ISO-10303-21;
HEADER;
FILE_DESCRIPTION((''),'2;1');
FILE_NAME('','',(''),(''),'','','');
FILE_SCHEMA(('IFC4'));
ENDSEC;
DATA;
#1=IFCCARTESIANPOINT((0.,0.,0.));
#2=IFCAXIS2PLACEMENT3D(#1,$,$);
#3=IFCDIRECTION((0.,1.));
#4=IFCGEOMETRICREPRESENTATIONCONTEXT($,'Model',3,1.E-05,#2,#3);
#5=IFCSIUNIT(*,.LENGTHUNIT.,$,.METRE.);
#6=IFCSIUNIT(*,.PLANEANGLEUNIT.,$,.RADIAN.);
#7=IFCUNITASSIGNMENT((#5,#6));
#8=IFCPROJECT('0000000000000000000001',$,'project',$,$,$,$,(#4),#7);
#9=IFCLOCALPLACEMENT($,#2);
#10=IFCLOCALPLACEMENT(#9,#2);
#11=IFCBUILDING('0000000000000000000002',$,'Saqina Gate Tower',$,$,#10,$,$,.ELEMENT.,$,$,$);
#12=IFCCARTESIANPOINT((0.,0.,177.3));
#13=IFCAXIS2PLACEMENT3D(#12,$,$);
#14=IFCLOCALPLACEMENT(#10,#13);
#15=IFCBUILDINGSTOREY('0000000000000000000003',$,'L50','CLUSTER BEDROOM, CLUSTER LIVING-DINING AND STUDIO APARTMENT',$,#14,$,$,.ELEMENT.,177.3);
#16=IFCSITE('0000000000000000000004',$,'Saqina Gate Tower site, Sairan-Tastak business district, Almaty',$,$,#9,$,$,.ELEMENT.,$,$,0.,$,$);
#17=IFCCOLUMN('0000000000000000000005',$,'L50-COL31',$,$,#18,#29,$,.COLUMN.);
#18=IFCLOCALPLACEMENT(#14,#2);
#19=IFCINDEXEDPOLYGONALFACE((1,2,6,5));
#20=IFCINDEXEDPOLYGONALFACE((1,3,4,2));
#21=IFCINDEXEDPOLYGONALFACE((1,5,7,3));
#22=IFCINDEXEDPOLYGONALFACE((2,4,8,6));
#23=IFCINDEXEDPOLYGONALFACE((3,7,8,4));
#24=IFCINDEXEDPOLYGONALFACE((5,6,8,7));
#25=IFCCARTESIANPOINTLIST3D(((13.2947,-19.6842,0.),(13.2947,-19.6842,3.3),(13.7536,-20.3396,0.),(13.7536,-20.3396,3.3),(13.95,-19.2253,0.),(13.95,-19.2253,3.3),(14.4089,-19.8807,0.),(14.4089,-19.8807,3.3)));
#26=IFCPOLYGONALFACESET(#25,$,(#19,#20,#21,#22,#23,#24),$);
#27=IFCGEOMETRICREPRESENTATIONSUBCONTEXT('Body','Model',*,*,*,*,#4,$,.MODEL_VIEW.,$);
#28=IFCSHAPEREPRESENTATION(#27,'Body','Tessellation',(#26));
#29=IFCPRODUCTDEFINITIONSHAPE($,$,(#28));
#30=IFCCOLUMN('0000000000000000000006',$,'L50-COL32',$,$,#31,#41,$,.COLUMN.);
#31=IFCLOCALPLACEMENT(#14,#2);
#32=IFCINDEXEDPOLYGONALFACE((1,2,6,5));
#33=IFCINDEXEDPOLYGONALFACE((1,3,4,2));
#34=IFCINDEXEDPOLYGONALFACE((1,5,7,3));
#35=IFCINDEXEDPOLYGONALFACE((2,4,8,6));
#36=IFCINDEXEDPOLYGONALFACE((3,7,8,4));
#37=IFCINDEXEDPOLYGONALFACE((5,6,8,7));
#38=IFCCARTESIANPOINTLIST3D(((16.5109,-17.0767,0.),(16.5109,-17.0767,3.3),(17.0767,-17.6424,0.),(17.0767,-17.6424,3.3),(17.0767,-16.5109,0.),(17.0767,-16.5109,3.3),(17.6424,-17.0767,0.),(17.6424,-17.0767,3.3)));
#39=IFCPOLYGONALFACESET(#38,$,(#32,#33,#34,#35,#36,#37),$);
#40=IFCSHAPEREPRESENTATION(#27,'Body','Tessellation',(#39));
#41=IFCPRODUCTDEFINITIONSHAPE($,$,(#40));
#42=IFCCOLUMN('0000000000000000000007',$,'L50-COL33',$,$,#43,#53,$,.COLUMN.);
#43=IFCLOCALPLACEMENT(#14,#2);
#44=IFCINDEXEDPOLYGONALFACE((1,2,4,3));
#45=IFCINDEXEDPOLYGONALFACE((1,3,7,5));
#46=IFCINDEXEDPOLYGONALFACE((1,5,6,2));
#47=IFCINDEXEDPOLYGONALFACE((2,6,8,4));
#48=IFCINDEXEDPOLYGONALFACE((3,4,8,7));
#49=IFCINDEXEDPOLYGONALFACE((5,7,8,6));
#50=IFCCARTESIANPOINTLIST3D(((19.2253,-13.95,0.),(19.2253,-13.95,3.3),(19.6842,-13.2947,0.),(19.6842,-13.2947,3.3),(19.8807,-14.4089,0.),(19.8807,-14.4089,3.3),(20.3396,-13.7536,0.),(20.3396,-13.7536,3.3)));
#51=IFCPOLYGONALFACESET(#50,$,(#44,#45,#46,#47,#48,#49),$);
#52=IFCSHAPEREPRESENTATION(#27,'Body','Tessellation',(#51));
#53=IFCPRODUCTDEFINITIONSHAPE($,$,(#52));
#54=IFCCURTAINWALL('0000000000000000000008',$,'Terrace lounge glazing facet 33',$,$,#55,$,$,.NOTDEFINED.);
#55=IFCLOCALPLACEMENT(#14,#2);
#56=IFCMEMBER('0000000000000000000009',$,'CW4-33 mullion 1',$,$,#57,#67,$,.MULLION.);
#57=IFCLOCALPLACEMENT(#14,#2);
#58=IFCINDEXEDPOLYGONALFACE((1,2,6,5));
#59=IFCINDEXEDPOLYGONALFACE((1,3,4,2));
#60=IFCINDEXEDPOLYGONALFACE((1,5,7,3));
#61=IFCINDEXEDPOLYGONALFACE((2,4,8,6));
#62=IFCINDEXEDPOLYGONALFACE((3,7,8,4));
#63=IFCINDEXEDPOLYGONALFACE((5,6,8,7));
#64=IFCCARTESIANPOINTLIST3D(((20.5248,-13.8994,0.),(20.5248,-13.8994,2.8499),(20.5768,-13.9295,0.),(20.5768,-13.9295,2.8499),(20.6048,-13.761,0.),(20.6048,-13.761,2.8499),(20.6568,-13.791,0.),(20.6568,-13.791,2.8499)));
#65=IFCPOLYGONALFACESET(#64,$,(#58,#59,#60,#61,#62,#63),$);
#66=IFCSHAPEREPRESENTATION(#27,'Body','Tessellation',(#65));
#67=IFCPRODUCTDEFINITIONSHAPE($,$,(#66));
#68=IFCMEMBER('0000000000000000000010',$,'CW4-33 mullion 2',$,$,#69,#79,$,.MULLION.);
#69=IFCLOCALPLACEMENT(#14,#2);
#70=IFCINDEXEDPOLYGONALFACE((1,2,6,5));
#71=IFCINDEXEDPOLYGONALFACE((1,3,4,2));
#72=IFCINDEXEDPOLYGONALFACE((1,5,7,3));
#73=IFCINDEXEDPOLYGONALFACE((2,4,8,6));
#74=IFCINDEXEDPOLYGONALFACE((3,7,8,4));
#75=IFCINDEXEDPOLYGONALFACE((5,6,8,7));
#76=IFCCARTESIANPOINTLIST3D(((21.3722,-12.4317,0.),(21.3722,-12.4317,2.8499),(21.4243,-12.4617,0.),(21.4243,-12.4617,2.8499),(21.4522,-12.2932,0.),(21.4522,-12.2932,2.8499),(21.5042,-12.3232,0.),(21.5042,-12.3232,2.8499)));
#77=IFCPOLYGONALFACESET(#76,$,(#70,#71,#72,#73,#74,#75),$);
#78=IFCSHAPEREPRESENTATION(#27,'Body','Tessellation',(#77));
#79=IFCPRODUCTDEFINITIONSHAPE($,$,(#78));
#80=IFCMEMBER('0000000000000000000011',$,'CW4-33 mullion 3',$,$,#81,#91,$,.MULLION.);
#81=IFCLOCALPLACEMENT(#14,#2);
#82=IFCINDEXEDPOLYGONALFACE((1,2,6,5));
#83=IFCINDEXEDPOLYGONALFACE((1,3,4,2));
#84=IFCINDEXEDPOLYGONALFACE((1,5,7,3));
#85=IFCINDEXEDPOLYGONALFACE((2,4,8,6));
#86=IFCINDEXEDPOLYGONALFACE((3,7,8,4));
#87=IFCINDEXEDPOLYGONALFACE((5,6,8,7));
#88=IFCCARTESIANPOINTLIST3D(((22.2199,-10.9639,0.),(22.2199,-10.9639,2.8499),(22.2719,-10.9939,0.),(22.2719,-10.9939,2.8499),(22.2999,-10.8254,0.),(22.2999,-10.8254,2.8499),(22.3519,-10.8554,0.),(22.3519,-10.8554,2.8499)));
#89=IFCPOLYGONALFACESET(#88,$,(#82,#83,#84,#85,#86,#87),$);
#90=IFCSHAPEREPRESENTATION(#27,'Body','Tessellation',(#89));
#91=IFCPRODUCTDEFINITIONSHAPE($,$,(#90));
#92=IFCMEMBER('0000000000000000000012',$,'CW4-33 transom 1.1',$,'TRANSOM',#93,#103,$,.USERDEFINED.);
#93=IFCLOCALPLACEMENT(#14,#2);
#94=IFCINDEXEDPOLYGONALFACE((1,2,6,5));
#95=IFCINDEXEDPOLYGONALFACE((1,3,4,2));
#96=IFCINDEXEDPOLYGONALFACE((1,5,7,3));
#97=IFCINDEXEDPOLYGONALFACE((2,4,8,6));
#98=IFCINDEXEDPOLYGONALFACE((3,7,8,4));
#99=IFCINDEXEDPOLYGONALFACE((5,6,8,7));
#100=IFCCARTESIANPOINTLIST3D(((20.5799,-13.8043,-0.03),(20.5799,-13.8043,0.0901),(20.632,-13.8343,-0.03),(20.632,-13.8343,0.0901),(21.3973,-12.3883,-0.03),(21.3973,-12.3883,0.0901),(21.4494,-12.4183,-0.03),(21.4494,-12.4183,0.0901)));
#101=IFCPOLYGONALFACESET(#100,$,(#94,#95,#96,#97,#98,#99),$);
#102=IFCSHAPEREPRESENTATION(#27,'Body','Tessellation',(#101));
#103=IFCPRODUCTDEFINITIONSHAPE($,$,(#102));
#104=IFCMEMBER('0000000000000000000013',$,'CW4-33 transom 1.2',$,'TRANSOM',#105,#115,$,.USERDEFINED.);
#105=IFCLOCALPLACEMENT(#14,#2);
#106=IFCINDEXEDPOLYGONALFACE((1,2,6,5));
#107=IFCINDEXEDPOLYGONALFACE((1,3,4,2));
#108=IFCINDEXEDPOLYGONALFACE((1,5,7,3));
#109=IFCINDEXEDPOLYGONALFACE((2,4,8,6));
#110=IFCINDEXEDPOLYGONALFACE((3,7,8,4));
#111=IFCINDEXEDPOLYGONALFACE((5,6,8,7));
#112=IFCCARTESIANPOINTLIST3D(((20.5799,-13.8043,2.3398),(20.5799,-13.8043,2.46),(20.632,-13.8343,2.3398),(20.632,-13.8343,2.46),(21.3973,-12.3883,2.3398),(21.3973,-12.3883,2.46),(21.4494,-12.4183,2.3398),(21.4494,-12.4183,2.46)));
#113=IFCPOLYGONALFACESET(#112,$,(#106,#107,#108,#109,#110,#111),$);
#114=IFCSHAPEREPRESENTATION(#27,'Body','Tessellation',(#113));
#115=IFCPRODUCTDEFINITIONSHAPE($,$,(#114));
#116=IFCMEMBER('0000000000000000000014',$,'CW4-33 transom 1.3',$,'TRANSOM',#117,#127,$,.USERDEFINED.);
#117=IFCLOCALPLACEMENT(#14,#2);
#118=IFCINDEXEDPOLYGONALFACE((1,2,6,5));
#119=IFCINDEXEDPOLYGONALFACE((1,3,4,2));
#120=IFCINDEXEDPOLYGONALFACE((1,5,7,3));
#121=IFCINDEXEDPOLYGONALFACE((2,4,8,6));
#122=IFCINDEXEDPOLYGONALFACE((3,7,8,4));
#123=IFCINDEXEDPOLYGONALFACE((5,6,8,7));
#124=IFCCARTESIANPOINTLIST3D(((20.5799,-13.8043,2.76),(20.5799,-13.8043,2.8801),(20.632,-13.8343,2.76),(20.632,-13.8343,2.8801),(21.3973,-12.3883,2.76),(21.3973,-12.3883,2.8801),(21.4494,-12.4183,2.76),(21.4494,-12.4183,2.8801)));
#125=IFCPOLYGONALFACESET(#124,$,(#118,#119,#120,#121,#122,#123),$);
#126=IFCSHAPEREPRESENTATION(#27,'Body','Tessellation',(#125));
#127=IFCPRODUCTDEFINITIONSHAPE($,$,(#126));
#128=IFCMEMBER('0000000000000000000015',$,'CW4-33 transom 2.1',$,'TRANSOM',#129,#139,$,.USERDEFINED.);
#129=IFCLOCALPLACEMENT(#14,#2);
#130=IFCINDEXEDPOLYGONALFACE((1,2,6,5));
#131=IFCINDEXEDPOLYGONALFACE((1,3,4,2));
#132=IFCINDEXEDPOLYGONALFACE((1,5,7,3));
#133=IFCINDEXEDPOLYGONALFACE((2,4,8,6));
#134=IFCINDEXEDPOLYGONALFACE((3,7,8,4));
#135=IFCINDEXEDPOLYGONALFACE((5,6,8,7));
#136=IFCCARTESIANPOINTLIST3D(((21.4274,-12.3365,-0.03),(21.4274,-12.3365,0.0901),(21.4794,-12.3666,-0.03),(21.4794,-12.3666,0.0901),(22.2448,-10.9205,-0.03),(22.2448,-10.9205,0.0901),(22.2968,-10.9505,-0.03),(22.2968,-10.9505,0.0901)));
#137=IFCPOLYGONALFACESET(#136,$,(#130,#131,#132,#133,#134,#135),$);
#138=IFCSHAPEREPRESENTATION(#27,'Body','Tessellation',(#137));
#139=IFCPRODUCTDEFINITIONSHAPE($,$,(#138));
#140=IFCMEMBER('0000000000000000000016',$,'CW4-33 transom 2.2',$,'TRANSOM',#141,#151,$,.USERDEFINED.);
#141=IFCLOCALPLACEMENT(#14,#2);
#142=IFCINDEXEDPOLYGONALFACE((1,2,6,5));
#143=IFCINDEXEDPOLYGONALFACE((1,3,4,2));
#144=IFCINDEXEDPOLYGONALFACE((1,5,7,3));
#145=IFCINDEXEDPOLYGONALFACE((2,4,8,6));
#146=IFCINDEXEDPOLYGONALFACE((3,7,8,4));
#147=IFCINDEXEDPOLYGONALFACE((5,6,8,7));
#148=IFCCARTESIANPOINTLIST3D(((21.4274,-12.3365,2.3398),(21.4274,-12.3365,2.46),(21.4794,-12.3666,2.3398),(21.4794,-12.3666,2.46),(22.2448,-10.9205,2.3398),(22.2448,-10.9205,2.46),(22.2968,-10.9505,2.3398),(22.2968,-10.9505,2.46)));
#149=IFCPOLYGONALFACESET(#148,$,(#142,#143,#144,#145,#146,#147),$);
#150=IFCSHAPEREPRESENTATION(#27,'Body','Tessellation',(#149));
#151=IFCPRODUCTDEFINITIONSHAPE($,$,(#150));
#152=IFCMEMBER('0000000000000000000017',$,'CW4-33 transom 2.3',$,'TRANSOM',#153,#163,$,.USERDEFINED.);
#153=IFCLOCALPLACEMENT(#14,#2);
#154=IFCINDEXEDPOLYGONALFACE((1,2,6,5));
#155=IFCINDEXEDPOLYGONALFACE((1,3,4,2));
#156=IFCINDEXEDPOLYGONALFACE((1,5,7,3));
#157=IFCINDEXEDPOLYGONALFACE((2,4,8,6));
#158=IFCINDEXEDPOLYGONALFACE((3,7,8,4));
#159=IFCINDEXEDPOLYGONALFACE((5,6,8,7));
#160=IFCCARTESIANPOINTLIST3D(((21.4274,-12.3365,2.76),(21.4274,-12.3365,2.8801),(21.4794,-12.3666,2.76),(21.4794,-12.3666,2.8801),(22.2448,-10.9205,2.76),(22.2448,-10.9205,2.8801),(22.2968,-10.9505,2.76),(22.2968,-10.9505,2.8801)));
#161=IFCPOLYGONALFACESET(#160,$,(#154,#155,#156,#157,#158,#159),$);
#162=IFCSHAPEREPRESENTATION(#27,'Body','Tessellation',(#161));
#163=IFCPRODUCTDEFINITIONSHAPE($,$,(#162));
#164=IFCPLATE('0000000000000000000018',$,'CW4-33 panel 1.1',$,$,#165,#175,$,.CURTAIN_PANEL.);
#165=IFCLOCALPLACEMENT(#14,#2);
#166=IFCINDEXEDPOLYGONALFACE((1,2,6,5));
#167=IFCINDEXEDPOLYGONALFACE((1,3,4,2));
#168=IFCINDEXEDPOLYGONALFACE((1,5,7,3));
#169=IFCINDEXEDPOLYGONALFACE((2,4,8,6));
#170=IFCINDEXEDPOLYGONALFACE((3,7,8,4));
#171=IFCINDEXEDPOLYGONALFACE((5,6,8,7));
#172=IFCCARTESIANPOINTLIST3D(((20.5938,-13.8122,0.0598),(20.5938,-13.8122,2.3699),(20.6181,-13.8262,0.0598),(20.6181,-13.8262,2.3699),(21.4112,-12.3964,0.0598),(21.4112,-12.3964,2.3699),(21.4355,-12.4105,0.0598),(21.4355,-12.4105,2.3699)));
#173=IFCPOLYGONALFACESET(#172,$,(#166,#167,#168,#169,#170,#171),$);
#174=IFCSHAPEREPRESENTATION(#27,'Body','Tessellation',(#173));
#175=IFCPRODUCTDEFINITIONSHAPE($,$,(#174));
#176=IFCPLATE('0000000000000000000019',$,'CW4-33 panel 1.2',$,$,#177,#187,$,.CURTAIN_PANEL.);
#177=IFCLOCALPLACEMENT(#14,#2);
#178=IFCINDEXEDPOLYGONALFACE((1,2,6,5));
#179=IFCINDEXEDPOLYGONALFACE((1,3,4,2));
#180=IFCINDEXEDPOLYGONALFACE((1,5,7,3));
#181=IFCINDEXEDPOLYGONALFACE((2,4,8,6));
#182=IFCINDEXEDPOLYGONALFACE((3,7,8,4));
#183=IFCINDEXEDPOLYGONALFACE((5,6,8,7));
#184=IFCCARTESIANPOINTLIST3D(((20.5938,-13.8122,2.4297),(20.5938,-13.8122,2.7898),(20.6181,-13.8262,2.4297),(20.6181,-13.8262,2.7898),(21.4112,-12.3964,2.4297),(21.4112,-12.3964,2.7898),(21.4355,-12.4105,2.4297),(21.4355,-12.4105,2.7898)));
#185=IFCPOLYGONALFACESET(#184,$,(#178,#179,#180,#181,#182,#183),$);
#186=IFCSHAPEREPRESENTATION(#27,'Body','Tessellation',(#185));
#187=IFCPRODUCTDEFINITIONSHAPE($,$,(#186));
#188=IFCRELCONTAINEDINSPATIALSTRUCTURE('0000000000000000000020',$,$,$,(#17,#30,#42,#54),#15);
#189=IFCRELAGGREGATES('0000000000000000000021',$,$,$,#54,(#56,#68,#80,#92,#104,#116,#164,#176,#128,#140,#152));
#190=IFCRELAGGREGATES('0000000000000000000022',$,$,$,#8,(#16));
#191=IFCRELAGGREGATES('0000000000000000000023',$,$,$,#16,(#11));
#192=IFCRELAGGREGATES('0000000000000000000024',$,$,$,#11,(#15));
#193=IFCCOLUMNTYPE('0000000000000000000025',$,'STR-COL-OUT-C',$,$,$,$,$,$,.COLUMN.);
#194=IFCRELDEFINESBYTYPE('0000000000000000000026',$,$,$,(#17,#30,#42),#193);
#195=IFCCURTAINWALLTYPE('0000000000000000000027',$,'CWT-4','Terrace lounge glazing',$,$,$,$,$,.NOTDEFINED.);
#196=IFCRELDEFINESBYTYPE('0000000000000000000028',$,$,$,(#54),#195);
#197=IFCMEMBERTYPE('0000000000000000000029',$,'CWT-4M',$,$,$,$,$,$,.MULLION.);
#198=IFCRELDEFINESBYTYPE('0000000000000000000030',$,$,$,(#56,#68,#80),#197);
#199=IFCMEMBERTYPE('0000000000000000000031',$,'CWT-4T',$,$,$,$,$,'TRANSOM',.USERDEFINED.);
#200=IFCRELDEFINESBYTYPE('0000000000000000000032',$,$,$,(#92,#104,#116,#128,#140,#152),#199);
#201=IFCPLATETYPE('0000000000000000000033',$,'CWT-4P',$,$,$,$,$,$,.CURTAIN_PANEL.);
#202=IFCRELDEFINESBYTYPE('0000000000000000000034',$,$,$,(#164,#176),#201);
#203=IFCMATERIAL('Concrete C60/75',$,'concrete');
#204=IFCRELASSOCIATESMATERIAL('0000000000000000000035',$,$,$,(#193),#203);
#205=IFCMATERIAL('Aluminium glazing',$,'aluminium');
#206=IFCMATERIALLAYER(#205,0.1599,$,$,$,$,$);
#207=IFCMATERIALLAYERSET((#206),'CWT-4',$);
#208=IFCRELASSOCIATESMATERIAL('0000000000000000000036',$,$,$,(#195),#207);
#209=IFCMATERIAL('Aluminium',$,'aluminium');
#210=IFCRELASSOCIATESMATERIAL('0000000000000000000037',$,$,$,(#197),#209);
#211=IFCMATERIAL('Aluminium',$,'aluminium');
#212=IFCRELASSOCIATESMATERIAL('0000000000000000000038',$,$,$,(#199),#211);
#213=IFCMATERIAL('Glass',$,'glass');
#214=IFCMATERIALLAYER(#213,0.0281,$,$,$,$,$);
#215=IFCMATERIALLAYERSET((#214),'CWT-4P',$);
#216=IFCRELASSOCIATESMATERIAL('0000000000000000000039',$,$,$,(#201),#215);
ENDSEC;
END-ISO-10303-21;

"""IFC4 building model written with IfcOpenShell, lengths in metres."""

from ifc_helpers import new_model, si_unit, direction, frame, origin, origin_2d, place, context, subcontext, project, spatial, rectangle, extrude, material, layer, layer_set, material_profile, profile_set, type_object, element, aggregate, save


model = new_model("IFC4")

# Units and contexts
model_context = context("Model", 3, precision=1e-05, world=origin(), true_north=direction((0.0, 1.0)))
body_context = subcontext(model_context, "Body", "Model", "MODEL_VIEW")
ifc_project = project(units=[si_unit("LENGTHUNIT", "METRE"), si_unit("PLANEANGLEUNIT", "RADIAN")], contexts=[model_context])

# Site, building, storey
site_placement = place(None, origin())
site = spatial("IfcSite", under=ifc_project, at=site_placement, Name="Saqina Gate Tower site, Sairan-Tastak business district, Almaty", CompositionType="ELEMENT", RefElevation=0.0)
building_placement = place(site_placement, origin())
building = spatial("IfcBuilding", under=site, at=building_placement, Name="Saqina Gate Tower", CompositionType="ELEMENT")
storey_placement = place(building_placement, frame((0.0, 0.0, 177.3)))
storey = spatial("IfcBuildingStorey", under=building, at=storey_placement, Name="L50", Description="CLUSTER BEDROOM, CLUSTER LIVING-DINING AND STUDIO APARTMENT", CompositionType="ELEMENT", Elevation=177.3)

# Columns
ifc_material_1 = material(Name="Concrete C60/75", Category="concrete")
ifc_material_profile_1 = material_profile(ifc_material_1, rectangle(XDim=0.8, YDim=0.8, at=origin_2d()), Name="RC 800x800")
ifc_profile_set_1 = profile_set([ifc_material_profile_1], Name="Concrete C60/75")
column_type = type_object("IfcColumnType", Name="STR-COL-OUT-C", PredefinedType="COLUMN", material=ifc_profile_set_1)
for number, where, z_axis, x_axis, name in (
    (1, (13.8518, -19.7825, 0.0), (0.0, 0.0, 1.0), (0.573576, -0.819152, 0.0), "L50-COL31"),
    (2, (17.0767, -17.0767, 0.0), (0.0, 0.0, 1.0), (0.707107, -0.707107, 0.0), "L50-COL32"),
    (3, (19.7825, -13.8518, 0.0), (0.0, 0.0, 1.0), (0.819152, -0.573576, 0.0), "L50-COL33"),
):
    element("IfcColumn", number, at=place(storey_placement, frame(where, z_axis=z_axis, x_axis=x_axis)), inside=storey, type_object=column_type, Name=name, PredefinedType="COLUMN", context=body_context, shape_type="SweptSolid", body=[
        extrude(rectangle(XDim=0.8, YDim=0.8, at=origin_2d()), origin(), (0.0, 0.0, 1.0), 3.3),
    ])

# Curtain wall, members, plates
ifc_material_2 = material(Name="Aluminium glazing", Category="aluminium")
ifc_layer_1 = layer(ifc_material_2, 0.1599)
ifc_layer_set_1 = layer_set([ifc_layer_1], Name="CWT-4")
curtain_wall_type = type_object("IfcCurtainWallType", Name="CWT-4", Description="Terrace lounge glazing", PredefinedType="NOTDEFINED", material=ifc_layer_set_1)
curtain_wall_placement = place(storey_placement, origin())
curtain_wall = element("IfcCurtainWall", 4, at=curtain_wall_placement, inside=storey, type_object=curtain_wall_type, Name="Terrace lounge glazing facet 33", PredefinedType="NOTDEFINED")
ifc_material_3 = material(Name="Aluminium", Category="aluminium")
ifc_material_profile_2 = material_profile(ifc_material_3, rectangle(XDim=0.0601, YDim=0.1599, at=origin_2d()), Name="Aluminium 60x160")
ifc_profile_set_2 = profile_set([ifc_material_profile_2], Name="Aluminium")
member_type_1 = type_object("IfcMemberType", Name="CWT-4M", PredefinedType="MULLION", material=ifc_profile_set_2)
member_1_placement = place(storey_placement, frame((20.5908, -13.8452, 0.0), z_axis=(0.0, 0.0, 1.0), x_axis=(-0.866017, 0.500014, 0.0)))
member_1 = element("IfcMember", 5, at=member_1_placement, type_object=member_type_1, Name="CW4-33 mullion 1", PredefinedType="MULLION", context=body_context, shape_type="SweptSolid", body=[
    extrude(rectangle(XDim=0.0601, YDim=0.1599, at=origin_2d()), origin(), (0.0, 0.0, 1.0), 2.8499),
])
member_2_placement = place(storey_placement, frame((21.4382, -12.3774, 0.0), z_axis=(0.0, 0.0, 1.0), x_axis=(-0.866017, 0.500014, 0.0)))
member_2 = element("IfcMember", 6, at=member_2_placement, type_object=member_type_1, Name="CW4-33 mullion 2", PredefinedType="MULLION", context=body_context, shape_type="SweptSolid", body=[
    extrude(rectangle(XDim=0.0601, YDim=0.1599, at=origin_2d()), origin(), (0.0, 0.0, 1.0), 2.8499),
])
member_3_placement = place(storey_placement, frame((22.2859, -10.9097, 0.0), z_axis=(0.0, 0.0, 1.0), x_axis=(-0.866017, 0.500014, 0.0)))
member_3 = element("IfcMember", 7, at=member_3_placement, type_object=member_type_1, Name="CW4-33 mullion 3", PredefinedType="MULLION", context=body_context, shape_type="SweptSolid", body=[
    extrude(rectangle(XDim=0.0601, YDim=0.1599, at=origin_2d()), origin(), (0.0, 0.0, 1.0), 2.8499),
])
ifc_material_4 = material(Name="Aluminium", Category="aluminium")
ifc_material_profile_3 = material_profile(ifc_material_4, rectangle(XDim=0.0601, YDim=0.1201, at=origin_2d()), Name="Aluminium 60x120")
ifc_profile_set_3 = profile_set([ifc_material_profile_3], Name="Aluminium")
member_type_2 = type_object("IfcMemberType", Name="CWT-4T", ElementType="TRANSOM", PredefinedType="USERDEFINED", material=ifc_profile_set_3)
member_4_placement = place(storey_placement, frame((20.606, -13.8193, 0.03), z_axis=(0.499929, 0.866066, 0.0), x_axis=(-0.866066, 0.499929, 0.0)))
member_4 = element("IfcMember", 8, at=member_4_placement, type_object=member_type_2, Name="CW4-33 transom 1.1", ObjectType="TRANSOM", PredefinedType="USERDEFINED", context=body_context, shape_type="SweptSolid", body=[
    extrude(rectangle(XDim=0.0601, YDim=0.1201, at=origin_2d()), origin(), (0.0, 0.0, 1.0), 1.635),
])
member_5_placement = place(storey_placement, frame((20.606, -13.8193, 2.3999), z_axis=(0.499929, 0.866066, 0.0), x_axis=(-0.866066, 0.499929, 0.0)))
member_5 = element("IfcMember", 9, at=member_5_placement, type_object=member_type_2, Name="CW4-33 transom 1.2", ObjectType="TRANSOM", PredefinedType="USERDEFINED", context=body_context, shape_type="SweptSolid", body=[
    extrude(rectangle(XDim=0.0601, YDim=0.1201, at=origin_2d()), origin(), (0.0, 0.0, 1.0), 1.635),
])
member_6_placement = place(storey_placement, frame((20.606, -13.8193, 2.8201), z_axis=(0.499929, 0.866066, 0.0), x_axis=(-0.866066, 0.499929, 0.0)))
member_6 = element("IfcMember", 10, at=member_6_placement, type_object=member_type_2, Name="CW4-33 transom 1.3", ObjectType="TRANSOM", PredefinedType="USERDEFINED", context=body_context, shape_type="SweptSolid", body=[
    extrude(rectangle(XDim=0.0601, YDim=0.1201, at=origin_2d()), origin(), (0.0, 0.0, 1.0), 1.635),
])
member_7_placement = place(storey_placement, frame((21.4534, -12.3516, 0.03), z_axis=(0.499929, 0.866066, 0.0), x_axis=(-0.866066, 0.499929, 0.0)))
member_7 = element("IfcMember", 11, at=member_7_placement, type_object=member_type_2, Name="CW4-33 transom 2.1", ObjectType="TRANSOM", PredefinedType="USERDEFINED", context=body_context, shape_type="SweptSolid", body=[
    extrude(rectangle(XDim=0.0601, YDim=0.1201, at=origin_2d()), origin(), (0.0, 0.0, 1.0), 1.635),
])
member_8_placement = place(storey_placement, frame((21.4534, -12.3516, 2.3999), z_axis=(0.499929, 0.866066, 0.0), x_axis=(-0.866066, 0.499929, 0.0)))
member_8 = element("IfcMember", 12, at=member_8_placement, type_object=member_type_2, Name="CW4-33 transom 2.2", ObjectType="TRANSOM", PredefinedType="USERDEFINED", context=body_context, shape_type="SweptSolid", body=[
    extrude(rectangle(XDim=0.0601, YDim=0.1201, at=origin_2d()), origin(), (0.0, 0.0, 1.0), 1.635),
])
member_9_placement = place(storey_placement, frame((21.4534, -12.3516, 2.8201), z_axis=(0.499929, 0.866066, 0.0), x_axis=(-0.866066, 0.499929, 0.0)))
member_9 = element("IfcMember", 13, at=member_9_placement, type_object=member_type_2, Name="CW4-33 transom 2.3", ObjectType="TRANSOM", PredefinedType="USERDEFINED", context=body_context, shape_type="SweptSolid", body=[
    extrude(rectangle(XDim=0.0601, YDim=0.1201, at=origin_2d()), origin(), (0.0, 0.0, 1.0), 1.635),
])
ifc_material_5 = material(Name="Glass", Category="glass")
ifc_layer_2 = layer(ifc_material_5, 0.0281)
ifc_layer_set_2 = layer_set([ifc_layer_2], Name="CWT-4P")
plate_type = type_object("IfcPlateType", Name="CWT-4P", PredefinedType="CURTAIN_PANEL", material=ifc_layer_set_2)
plate_1_placement = place(storey_placement, frame((21.0146, -13.1113, 0.0598), z_axis=(0.0, 0.0, 1.0), x_axis=(0.500014, 0.866017, 0.0)))
plate_1 = element("IfcPlate", 14, at=plate_1_placement, type_object=plate_type, Name="CW4-33 panel 1.1", PredefinedType="CURTAIN_PANEL", context=body_context, shape_type="SweptSolid", body=[
    extrude(rectangle(XDim=1.6348, YDim=0.0281, at=origin_2d()), origin(), (0.0, 0.0, 1.0), 2.3101),
])
plate_2_placement = place(storey_placement, frame((21.0146, -13.1113, 2.4297), z_axis=(0.0, 0.0, 1.0), x_axis=(0.500014, 0.866017, 0.0)))
plate_2 = element("IfcPlate", 15, at=plate_2_placement, type_object=plate_type, Name="CW4-33 panel 1.2", PredefinedType="CURTAIN_PANEL", context=body_context, shape_type="SweptSolid", body=[
    extrude(rectangle(XDim=1.6348, YDim=0.0281, at=origin_2d()), origin(), (0.0, 0.0, 1.0), 0.3601),
])
aggregate(curtain_wall, [member_1, member_2, member_3, member_4, member_5, member_6, plate_1, plate_2, member_7, member_8, member_9])

save(model, "model.ifc")
